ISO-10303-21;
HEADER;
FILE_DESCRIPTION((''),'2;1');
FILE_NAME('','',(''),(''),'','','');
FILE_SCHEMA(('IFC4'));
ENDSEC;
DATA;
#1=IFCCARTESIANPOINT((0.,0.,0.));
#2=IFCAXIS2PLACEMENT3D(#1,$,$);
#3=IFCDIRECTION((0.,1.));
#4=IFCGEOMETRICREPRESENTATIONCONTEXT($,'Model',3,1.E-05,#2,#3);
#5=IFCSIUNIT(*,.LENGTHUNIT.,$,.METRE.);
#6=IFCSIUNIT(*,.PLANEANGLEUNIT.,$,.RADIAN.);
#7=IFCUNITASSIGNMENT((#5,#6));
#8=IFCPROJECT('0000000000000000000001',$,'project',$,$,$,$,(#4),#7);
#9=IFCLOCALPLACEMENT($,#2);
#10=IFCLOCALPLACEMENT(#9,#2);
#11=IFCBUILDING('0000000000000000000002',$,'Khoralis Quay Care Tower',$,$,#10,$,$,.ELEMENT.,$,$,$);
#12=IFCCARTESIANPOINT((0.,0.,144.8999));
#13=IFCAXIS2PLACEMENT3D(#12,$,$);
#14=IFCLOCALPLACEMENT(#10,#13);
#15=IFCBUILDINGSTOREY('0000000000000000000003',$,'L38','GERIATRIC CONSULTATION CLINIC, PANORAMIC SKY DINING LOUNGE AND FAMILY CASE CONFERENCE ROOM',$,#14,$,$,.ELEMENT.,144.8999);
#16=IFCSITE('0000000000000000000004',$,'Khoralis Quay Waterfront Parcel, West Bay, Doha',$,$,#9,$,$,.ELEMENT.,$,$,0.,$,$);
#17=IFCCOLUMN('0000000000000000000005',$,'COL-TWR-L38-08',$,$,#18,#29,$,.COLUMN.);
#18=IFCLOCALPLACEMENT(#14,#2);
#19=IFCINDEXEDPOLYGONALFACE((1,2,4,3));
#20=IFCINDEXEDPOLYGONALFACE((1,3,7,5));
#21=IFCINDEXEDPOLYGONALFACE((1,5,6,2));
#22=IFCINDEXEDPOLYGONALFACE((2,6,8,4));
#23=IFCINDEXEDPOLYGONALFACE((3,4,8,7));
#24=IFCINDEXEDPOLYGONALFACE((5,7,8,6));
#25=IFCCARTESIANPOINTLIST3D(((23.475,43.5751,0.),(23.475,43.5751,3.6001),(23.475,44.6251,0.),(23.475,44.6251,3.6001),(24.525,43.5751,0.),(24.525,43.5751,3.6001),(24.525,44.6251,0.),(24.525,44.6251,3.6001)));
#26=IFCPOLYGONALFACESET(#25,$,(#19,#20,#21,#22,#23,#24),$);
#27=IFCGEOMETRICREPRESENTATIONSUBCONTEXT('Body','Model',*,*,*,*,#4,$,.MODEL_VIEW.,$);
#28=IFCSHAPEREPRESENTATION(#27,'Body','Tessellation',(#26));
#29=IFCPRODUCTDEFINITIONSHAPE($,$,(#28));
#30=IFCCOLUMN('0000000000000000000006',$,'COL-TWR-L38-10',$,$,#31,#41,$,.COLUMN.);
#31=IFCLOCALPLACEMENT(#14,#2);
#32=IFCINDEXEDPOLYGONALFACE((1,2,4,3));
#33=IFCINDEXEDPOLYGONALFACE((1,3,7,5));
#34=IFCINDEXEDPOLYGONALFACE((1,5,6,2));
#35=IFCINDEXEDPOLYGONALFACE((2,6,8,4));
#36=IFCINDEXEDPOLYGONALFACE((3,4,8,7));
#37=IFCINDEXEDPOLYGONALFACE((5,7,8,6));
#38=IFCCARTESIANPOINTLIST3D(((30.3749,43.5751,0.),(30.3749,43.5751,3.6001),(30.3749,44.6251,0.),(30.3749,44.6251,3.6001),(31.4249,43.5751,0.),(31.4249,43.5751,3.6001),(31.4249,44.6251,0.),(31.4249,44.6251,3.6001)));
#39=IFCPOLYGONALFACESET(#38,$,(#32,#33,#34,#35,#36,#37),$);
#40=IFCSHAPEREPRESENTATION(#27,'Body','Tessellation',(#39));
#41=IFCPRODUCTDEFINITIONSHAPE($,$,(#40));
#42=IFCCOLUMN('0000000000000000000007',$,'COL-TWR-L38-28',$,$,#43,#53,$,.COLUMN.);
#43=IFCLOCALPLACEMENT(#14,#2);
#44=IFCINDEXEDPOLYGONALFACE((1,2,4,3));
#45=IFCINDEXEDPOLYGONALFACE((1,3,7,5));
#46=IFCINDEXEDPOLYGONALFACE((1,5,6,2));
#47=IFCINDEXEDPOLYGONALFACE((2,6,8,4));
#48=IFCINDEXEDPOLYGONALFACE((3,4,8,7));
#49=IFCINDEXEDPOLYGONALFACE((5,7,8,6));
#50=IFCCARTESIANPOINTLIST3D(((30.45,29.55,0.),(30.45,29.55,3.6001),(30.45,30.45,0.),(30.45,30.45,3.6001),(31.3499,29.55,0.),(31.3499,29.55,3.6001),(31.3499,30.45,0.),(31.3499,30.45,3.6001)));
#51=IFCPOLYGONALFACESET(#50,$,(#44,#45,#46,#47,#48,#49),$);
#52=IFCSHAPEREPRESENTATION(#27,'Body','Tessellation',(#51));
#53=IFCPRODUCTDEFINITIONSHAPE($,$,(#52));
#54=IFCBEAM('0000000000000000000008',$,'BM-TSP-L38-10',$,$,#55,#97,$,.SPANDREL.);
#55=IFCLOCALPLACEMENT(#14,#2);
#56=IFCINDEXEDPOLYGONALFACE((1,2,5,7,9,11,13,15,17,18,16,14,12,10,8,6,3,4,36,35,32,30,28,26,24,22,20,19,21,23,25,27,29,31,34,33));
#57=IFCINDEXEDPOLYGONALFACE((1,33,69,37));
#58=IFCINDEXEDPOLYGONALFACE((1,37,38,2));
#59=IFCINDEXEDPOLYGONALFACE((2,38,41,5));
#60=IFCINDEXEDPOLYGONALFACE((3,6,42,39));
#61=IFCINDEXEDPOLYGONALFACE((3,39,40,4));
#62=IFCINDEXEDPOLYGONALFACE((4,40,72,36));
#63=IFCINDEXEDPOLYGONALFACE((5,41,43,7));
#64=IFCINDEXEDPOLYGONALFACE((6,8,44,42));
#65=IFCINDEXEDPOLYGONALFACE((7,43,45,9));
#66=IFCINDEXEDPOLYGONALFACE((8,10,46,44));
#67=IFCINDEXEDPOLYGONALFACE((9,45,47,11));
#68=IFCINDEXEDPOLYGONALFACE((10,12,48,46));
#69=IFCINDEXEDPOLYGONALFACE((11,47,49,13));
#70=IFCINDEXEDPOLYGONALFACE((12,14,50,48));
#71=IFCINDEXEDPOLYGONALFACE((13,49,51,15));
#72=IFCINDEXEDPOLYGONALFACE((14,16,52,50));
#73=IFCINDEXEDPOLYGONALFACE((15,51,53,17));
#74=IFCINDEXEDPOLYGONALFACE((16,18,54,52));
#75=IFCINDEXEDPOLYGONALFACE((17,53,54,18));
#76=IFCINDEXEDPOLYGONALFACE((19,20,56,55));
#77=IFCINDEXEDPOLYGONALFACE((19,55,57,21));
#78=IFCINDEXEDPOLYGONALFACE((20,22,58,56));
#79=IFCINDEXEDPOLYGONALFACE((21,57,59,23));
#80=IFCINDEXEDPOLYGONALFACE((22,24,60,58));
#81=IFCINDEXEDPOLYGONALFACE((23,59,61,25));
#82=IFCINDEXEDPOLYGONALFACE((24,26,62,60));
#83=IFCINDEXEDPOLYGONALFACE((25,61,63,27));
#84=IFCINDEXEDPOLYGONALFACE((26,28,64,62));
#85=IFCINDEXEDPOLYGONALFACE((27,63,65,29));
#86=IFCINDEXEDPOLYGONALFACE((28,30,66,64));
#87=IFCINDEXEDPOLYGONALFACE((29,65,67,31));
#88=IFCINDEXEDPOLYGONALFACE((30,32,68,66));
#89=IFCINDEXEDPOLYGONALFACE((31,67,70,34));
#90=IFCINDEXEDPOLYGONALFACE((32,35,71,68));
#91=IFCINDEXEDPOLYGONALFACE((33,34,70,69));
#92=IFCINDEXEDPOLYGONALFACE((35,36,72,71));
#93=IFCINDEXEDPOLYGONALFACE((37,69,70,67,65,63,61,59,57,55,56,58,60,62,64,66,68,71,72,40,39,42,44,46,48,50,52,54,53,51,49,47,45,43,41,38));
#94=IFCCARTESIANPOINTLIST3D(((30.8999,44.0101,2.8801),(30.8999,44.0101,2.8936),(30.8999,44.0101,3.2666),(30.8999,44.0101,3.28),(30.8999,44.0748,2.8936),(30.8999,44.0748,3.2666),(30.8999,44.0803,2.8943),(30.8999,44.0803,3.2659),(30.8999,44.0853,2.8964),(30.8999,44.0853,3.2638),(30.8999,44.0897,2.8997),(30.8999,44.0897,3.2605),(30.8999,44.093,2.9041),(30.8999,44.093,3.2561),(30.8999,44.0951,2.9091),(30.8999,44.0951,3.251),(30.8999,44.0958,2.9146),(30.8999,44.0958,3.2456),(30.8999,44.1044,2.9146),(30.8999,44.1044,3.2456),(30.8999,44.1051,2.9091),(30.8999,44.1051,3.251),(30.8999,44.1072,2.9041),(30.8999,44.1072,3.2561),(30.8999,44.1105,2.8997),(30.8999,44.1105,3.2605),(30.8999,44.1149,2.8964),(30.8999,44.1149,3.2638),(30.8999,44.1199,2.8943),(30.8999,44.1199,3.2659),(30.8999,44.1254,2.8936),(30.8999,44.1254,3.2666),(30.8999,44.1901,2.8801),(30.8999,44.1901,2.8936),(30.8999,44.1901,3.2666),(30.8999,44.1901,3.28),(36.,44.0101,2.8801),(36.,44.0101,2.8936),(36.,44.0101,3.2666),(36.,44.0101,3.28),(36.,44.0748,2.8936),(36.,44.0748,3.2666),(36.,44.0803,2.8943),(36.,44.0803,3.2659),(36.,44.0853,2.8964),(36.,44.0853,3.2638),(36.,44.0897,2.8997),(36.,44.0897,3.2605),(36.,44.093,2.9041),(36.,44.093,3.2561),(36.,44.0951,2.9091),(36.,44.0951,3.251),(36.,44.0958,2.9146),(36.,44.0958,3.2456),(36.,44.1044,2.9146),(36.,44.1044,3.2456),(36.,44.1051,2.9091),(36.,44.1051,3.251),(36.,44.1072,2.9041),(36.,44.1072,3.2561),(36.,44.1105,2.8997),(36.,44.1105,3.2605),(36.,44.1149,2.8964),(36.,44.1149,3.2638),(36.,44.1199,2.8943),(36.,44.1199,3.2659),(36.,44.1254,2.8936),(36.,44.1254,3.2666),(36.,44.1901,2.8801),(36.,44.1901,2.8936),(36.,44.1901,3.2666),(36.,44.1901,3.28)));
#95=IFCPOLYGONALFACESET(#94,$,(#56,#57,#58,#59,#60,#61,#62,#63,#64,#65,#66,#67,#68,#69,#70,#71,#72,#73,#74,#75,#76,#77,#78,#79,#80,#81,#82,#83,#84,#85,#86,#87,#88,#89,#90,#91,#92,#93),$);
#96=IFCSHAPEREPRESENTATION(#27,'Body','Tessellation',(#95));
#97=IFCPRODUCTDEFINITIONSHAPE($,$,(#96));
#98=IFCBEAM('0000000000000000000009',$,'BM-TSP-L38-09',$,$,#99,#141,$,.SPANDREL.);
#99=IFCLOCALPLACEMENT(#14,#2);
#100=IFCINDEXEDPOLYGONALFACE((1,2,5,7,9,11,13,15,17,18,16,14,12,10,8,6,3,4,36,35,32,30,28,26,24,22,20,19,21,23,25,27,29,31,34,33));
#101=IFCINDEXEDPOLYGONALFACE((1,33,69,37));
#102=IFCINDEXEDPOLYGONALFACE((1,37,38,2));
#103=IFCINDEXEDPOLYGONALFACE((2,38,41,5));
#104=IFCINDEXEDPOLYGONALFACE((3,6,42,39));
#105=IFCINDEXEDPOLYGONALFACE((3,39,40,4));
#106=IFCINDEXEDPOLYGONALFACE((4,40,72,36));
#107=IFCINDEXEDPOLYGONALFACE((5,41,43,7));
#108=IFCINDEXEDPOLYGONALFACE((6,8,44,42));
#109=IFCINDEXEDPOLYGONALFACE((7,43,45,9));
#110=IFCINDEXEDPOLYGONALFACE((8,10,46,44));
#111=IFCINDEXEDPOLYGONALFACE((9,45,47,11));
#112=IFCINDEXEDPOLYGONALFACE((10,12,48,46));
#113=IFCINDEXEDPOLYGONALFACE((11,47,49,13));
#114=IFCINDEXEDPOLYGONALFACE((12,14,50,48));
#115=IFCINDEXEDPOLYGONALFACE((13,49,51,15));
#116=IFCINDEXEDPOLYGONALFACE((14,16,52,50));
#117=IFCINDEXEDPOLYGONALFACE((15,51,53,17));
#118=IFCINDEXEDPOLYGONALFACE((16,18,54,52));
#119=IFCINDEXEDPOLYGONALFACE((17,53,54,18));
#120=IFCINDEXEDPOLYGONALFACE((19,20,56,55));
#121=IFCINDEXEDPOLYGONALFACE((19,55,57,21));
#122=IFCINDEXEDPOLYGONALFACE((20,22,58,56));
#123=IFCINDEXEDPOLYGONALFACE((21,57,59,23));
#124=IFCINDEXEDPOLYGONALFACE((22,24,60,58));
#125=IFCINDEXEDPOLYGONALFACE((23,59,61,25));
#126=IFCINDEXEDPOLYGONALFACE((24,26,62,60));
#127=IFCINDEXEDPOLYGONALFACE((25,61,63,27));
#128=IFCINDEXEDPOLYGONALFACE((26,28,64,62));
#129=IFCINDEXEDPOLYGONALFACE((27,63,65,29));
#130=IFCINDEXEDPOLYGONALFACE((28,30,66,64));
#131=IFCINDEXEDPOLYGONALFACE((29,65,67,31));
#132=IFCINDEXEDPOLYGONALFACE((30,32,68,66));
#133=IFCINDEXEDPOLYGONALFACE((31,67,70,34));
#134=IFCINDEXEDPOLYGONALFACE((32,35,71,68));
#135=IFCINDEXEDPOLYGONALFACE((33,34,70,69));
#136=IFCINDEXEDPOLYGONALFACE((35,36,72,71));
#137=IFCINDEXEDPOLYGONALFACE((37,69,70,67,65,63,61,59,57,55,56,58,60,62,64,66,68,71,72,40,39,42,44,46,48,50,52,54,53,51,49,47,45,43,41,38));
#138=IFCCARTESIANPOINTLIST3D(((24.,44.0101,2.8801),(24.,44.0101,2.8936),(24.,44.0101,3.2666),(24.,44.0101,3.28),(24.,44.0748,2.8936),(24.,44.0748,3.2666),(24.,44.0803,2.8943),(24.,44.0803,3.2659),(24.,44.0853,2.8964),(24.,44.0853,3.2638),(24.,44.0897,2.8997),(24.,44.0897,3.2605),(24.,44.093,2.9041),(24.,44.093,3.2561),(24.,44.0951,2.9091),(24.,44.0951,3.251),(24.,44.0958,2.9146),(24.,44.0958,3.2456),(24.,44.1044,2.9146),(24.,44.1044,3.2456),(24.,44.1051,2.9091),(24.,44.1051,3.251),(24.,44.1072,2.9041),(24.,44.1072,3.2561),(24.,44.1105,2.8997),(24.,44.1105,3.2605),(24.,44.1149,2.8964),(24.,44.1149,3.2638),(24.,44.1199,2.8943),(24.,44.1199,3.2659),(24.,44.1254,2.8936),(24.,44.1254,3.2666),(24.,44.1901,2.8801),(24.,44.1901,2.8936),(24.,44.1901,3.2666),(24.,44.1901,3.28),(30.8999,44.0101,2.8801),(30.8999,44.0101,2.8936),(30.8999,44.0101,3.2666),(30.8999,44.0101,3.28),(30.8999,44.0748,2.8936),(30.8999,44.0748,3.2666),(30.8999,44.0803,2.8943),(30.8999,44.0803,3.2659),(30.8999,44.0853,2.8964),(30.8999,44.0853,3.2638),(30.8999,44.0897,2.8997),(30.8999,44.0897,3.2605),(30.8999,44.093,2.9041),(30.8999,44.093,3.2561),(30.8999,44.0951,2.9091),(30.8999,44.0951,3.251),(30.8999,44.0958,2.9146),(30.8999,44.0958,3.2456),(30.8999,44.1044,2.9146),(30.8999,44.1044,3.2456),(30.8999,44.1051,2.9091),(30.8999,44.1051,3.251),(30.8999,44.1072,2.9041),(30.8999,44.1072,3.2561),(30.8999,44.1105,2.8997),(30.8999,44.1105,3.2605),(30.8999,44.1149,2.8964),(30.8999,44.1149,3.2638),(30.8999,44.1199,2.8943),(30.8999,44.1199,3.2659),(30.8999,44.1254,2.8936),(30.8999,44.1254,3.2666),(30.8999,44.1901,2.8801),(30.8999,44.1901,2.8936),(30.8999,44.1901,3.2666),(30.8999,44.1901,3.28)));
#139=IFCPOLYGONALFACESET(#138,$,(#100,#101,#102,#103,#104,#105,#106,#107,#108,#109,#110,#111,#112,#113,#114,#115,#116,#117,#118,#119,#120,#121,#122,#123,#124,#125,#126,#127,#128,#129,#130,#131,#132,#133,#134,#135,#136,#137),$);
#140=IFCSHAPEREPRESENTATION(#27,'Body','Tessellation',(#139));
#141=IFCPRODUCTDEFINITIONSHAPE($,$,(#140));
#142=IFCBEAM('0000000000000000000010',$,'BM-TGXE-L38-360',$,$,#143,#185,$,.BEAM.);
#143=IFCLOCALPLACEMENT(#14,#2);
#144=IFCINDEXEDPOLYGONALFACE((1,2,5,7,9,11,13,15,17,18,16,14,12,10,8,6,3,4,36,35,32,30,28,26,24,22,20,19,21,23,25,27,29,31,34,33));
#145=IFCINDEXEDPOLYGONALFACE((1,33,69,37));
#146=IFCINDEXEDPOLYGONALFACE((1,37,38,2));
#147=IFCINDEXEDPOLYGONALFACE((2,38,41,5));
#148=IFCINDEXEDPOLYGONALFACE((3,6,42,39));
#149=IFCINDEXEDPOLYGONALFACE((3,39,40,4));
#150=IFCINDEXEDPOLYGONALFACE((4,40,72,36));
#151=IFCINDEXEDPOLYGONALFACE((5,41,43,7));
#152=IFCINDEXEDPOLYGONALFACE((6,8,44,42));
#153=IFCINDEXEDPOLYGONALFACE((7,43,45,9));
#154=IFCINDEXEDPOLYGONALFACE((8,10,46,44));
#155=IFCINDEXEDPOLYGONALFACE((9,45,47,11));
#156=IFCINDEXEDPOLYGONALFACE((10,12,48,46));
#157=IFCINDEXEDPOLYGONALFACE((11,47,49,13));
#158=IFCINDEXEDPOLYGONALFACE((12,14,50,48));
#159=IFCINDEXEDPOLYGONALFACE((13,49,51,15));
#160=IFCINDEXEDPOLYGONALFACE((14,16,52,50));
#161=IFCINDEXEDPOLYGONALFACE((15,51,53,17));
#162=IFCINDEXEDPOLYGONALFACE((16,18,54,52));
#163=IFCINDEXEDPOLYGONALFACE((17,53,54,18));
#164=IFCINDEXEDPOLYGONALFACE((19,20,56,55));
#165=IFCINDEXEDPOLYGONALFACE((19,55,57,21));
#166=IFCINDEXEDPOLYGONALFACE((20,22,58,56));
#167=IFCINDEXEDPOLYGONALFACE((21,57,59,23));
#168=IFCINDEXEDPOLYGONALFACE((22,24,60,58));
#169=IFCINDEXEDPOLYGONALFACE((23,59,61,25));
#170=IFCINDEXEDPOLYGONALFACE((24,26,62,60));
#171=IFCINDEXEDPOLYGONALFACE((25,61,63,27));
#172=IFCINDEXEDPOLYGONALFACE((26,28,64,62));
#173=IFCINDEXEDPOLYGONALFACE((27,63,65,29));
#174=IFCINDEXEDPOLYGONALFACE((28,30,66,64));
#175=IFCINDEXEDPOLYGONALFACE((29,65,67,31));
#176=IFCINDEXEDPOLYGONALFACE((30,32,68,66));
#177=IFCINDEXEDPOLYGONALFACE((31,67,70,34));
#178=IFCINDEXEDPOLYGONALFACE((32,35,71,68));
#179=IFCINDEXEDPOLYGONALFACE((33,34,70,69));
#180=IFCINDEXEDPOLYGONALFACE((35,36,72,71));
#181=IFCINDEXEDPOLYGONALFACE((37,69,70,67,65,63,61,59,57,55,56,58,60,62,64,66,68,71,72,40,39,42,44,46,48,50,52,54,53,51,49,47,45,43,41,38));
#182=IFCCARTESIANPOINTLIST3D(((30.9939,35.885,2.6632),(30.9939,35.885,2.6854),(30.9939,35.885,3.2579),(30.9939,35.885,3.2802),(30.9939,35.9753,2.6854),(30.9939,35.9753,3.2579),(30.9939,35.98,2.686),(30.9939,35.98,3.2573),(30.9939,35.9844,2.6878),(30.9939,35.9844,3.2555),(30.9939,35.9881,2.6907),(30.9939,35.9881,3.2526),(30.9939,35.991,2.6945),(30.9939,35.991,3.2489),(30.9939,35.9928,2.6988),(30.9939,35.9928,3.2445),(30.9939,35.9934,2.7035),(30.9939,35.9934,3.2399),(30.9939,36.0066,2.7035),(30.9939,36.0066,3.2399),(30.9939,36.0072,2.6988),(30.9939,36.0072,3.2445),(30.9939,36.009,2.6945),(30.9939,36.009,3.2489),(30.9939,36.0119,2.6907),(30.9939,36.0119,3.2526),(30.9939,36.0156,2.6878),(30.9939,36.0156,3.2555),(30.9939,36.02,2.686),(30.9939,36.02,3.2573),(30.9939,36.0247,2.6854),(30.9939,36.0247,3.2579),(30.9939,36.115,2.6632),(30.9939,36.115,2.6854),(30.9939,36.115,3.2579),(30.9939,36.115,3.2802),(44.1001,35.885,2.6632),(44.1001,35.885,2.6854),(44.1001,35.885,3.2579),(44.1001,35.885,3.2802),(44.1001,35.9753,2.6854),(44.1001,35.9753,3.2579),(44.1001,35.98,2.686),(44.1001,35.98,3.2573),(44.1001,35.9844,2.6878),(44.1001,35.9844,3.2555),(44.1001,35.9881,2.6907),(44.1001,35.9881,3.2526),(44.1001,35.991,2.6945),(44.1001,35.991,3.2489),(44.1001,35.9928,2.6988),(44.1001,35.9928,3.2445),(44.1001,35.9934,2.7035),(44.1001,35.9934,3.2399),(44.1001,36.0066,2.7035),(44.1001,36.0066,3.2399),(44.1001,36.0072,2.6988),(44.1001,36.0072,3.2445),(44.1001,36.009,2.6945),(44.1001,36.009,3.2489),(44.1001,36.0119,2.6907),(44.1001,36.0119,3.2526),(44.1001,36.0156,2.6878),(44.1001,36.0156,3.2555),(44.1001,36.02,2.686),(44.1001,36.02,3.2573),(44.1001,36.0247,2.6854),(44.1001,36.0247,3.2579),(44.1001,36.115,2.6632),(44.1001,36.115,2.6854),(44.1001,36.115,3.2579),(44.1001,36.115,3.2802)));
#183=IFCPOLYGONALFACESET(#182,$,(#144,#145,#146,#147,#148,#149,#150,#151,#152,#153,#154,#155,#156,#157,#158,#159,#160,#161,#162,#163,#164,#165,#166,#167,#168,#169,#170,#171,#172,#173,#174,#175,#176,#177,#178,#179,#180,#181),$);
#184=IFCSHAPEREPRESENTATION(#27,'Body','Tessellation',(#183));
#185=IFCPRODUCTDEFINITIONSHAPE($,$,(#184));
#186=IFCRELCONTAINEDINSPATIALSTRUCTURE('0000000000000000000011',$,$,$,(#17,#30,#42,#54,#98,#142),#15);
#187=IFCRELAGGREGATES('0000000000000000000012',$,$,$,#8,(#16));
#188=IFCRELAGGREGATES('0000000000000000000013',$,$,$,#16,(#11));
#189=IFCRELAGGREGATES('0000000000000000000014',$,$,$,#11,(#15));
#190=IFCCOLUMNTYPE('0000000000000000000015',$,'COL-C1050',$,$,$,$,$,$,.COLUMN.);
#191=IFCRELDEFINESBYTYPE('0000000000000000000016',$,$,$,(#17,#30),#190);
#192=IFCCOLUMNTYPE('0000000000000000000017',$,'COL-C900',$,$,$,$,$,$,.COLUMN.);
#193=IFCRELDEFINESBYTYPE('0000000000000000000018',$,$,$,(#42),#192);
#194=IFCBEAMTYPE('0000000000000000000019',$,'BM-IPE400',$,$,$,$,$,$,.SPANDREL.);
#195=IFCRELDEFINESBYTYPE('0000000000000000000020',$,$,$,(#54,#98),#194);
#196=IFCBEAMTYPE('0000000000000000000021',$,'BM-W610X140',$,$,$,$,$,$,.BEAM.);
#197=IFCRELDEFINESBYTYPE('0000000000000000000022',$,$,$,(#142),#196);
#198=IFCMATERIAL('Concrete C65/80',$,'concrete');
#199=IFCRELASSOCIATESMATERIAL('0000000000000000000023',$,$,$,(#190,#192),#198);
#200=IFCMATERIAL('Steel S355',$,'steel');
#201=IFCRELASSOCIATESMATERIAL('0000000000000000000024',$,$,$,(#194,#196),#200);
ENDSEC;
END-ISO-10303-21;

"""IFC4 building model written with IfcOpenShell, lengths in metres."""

from ifc_helpers import new_model, si_unit, direction, frame, origin, origin_2d, place, context, subcontext, project, spatial, rectangle, i_section, extrude, source, transform, mapped, material, material_profile, profile_set, type_object, element, save


model = new_model("IFC4")

# Units and contexts
model_context = context("Model", 3, precision=1e-05, world=origin(), true_north=direction((0.0, 1.0)))
body_context = subcontext(model_context, "Body", "Model", "MODEL_VIEW")
ifc_project = project(units=[si_unit("LENGTHUNIT", "METRE"), si_unit("PLANEANGLEUNIT", "RADIAN")], contexts=[model_context])

# Site, building, storey
site_placement = place(None, origin())
site = spatial("IfcSite", under=ifc_project, at=site_placement, Name="Khoralis Quay Waterfront Parcel, West Bay, Doha", CompositionType="ELEMENT", RefElevation=0.0)
building_placement = place(site_placement, origin())
building = spatial("IfcBuilding", under=site, at=building_placement, Name="Khoralis Quay Care Tower", CompositionType="ELEMENT")
storey_placement = place(building_placement, frame((0.0, 0.0, 144.8999)))
storey = spatial("IfcBuildingStorey", under=building, at=storey_placement, Name="L38", Description="GERIATRIC CONSULTATION CLINIC, PANORAMIC SKY DINING LOUNGE AND FAMILY CASE CONFERENCE ROOM", CompositionType="ELEMENT", Elevation=144.8999)

# Columns
ifc_material_1 = material(Name="Concrete C65/80", Category="concrete")
ifc_material_profile_1 = material_profile(ifc_material_1, rectangle(XDim=1.05, YDim=1.05, at=origin_2d()), Name="Concrete C65/80")
ifc_profile_set_1 = profile_set([ifc_material_profile_1], Name="Concrete C65/80")
column_type_1 = type_object("IfcColumnType", Name="COL-C1050", PredefinedType="COLUMN", material=ifc_profile_set_1)
shared_shape_1 = source(origin(), body_context, "Body", "SweptSolid", [
    extrude(rectangle(XDim=1.05, YDim=1.05, at=origin_2d()), origin(), (0.0, 0.0, 1.0), 3.6001),
])
for number, where, z_axis, x_axis, name in (
    (1, (24.0, 44.1001, 0.0), (0.0, 0.0, 1.0), (1.0, 0.0, 0.0), "COL-TWR-L38-08"),
    (2, (30.8999, 44.1001, 0.0), (0.0, 0.0, 1.0), (1.0, 0.0, 0.0), "COL-TWR-L38-10"),
):
    element("IfcColumn", number, at=place(storey_placement, frame(where, z_axis=z_axis, x_axis=x_axis)), inside=storey, type_object=column_type_1, Name=name, PredefinedType="COLUMN", context=body_context, shape_type="MappedRepresentation", body=[
        mapped(shared_shape_1, transform((0.0, 0.0, 0.0), scale=1.0)),
    ])
ifc_material_profile_2 = material_profile(ifc_material_1, rectangle(XDim=0.8999, YDim=0.8999, at=origin_2d()), Name="Concrete C65/80")
ifc_profile_set_2 = profile_set([ifc_material_profile_2], Name="Concrete C65/80")
column_type_2 = type_object("IfcColumnType", Name="COL-C900", PredefinedType="COLUMN", material=ifc_profile_set_2)
shared_shape_2 = source(origin(), body_context, "Body", "SweptSolid", [
    extrude(rectangle(XDim=0.8999, YDim=0.8999, at=origin_2d()), origin(), (0.0, 0.0, 1.0), 3.6001),
])
column_placement = place(storey_placement, frame((30.8999, 30.0, 0.0), z_axis=(0.0, 0.0, 1.0), x_axis=(1.0, 0.0, 0.0)))
element("IfcColumn", 3, at=column_placement, inside=storey, type_object=column_type_2, Name="COL-TWR-L38-28", PredefinedType="COLUMN", context=body_context, shape_type="MappedRepresentation", body=[
    mapped(shared_shape_2, transform((0.0, 0.0, 0.0), scale=1.0)),
])

# Beams
ifc_material_2 = material(Name="Steel S355", Category="steel")
ifc_material_profile_3 = material_profile(ifc_material_2, i_section(OverallWidth=0.1799, OverallDepth=0.3999, WebThickness=0.0085, FlangeThickness=0.0134, FilletRadius=0.021, at=origin_2d()), Name="Steel S355")
ifc_profile_set_3 = profile_set([ifc_material_profile_3], Name="Steel S355")
beam_type_1 = type_object("IfcBeamType", Name="BM-IPE400", PredefinedType="SPANDREL", material=ifc_profile_set_3)
shared_shape_3 = source(origin(), body_context, "Body", "SweptSolid", [
    extrude(i_section(OverallWidth=0.1799, OverallDepth=0.3999, WebThickness=0.0085, FlangeThickness=0.0134, FilletRadius=0.021, at=origin_2d()), origin(), (0.0, 0.0, 1.0), 5.1001),
])
beam_1_placement = place(storey_placement, frame((30.8999, 44.1001, 3.0801), z_axis=(1.0, 0.0, 0.0), x_axis=(0.0, 1.0, 0.0)))
element("IfcBeam", 4, at=beam_1_placement, inside=storey, type_object=beam_type_1, Name="BM-TSP-L38-10", PredefinedType="SPANDREL", context=body_context, shape_type="MappedRepresentation", body=[
    mapped(shared_shape_3, transform((0.0, 0.0, 0.0), scale=1.0)),
])
shared_shape_4 = source(origin(), body_context, "Body", "SweptSolid", [
    extrude(i_section(OverallWidth=0.1799, OverallDepth=0.3999, WebThickness=0.0085, FlangeThickness=0.0134, FilletRadius=0.021, at=origin_2d()), origin(), (0.0, 0.0, 1.0), 6.8999),
])
beam_2_placement = place(storey_placement, frame((24.0, 44.1001, 3.0801), z_axis=(1.0, 0.0, 0.0), x_axis=(0.0, 1.0, 0.0)))
element("IfcBeam", 5, at=beam_2_placement, inside=storey, type_object=beam_type_1, Name="BM-TSP-L38-09", PredefinedType="SPANDREL", context=body_context, shape_type="MappedRepresentation", body=[
    mapped(shared_shape_4, transform((0.0, 0.0, 0.0), scale=1.0)),
])
ifc_material_profile_4 = material_profile(ifc_material_2, i_section(OverallWidth=0.23, OverallDepth=0.6169, WebThickness=0.0132, FlangeThickness=0.0222, FilletRadius=0.0181, at=origin_2d()), Name="Steel S355")
ifc_profile_set_4 = profile_set([ifc_material_profile_4], Name="Steel S355")
beam_type_2 = type_object("IfcBeamType", Name="BM-W610X140", PredefinedType="BEAM", material=ifc_profile_set_4)
shared_shape_5 = source(origin(), body_context, "Body", "SweptSolid", [
    extrude(i_section(OverallWidth=0.23, OverallDepth=0.6169, WebThickness=0.0132, FlangeThickness=0.0222, FilletRadius=0.0181, at=origin_2d()), origin(), (0.0, 0.0, 1.0), 13.1062),
])
beam_3_placement = place(storey_placement, frame((30.9939, 36.0, 2.9717), z_axis=(1.0, 0.0, 0.0), x_axis=(0.0, 1.0, 0.0)))
element("IfcBeam", 6, at=beam_3_placement, inside=storey, type_object=beam_type_2, Name="BM-TGXE-L38-360", PredefinedType="BEAM", context=body_context, shape_type="MappedRepresentation", body=[
    mapped(shared_shape_5, transform((0.0, 0.0, 0.0), scale=1.0)),
])

save(model, "model.ifc")
